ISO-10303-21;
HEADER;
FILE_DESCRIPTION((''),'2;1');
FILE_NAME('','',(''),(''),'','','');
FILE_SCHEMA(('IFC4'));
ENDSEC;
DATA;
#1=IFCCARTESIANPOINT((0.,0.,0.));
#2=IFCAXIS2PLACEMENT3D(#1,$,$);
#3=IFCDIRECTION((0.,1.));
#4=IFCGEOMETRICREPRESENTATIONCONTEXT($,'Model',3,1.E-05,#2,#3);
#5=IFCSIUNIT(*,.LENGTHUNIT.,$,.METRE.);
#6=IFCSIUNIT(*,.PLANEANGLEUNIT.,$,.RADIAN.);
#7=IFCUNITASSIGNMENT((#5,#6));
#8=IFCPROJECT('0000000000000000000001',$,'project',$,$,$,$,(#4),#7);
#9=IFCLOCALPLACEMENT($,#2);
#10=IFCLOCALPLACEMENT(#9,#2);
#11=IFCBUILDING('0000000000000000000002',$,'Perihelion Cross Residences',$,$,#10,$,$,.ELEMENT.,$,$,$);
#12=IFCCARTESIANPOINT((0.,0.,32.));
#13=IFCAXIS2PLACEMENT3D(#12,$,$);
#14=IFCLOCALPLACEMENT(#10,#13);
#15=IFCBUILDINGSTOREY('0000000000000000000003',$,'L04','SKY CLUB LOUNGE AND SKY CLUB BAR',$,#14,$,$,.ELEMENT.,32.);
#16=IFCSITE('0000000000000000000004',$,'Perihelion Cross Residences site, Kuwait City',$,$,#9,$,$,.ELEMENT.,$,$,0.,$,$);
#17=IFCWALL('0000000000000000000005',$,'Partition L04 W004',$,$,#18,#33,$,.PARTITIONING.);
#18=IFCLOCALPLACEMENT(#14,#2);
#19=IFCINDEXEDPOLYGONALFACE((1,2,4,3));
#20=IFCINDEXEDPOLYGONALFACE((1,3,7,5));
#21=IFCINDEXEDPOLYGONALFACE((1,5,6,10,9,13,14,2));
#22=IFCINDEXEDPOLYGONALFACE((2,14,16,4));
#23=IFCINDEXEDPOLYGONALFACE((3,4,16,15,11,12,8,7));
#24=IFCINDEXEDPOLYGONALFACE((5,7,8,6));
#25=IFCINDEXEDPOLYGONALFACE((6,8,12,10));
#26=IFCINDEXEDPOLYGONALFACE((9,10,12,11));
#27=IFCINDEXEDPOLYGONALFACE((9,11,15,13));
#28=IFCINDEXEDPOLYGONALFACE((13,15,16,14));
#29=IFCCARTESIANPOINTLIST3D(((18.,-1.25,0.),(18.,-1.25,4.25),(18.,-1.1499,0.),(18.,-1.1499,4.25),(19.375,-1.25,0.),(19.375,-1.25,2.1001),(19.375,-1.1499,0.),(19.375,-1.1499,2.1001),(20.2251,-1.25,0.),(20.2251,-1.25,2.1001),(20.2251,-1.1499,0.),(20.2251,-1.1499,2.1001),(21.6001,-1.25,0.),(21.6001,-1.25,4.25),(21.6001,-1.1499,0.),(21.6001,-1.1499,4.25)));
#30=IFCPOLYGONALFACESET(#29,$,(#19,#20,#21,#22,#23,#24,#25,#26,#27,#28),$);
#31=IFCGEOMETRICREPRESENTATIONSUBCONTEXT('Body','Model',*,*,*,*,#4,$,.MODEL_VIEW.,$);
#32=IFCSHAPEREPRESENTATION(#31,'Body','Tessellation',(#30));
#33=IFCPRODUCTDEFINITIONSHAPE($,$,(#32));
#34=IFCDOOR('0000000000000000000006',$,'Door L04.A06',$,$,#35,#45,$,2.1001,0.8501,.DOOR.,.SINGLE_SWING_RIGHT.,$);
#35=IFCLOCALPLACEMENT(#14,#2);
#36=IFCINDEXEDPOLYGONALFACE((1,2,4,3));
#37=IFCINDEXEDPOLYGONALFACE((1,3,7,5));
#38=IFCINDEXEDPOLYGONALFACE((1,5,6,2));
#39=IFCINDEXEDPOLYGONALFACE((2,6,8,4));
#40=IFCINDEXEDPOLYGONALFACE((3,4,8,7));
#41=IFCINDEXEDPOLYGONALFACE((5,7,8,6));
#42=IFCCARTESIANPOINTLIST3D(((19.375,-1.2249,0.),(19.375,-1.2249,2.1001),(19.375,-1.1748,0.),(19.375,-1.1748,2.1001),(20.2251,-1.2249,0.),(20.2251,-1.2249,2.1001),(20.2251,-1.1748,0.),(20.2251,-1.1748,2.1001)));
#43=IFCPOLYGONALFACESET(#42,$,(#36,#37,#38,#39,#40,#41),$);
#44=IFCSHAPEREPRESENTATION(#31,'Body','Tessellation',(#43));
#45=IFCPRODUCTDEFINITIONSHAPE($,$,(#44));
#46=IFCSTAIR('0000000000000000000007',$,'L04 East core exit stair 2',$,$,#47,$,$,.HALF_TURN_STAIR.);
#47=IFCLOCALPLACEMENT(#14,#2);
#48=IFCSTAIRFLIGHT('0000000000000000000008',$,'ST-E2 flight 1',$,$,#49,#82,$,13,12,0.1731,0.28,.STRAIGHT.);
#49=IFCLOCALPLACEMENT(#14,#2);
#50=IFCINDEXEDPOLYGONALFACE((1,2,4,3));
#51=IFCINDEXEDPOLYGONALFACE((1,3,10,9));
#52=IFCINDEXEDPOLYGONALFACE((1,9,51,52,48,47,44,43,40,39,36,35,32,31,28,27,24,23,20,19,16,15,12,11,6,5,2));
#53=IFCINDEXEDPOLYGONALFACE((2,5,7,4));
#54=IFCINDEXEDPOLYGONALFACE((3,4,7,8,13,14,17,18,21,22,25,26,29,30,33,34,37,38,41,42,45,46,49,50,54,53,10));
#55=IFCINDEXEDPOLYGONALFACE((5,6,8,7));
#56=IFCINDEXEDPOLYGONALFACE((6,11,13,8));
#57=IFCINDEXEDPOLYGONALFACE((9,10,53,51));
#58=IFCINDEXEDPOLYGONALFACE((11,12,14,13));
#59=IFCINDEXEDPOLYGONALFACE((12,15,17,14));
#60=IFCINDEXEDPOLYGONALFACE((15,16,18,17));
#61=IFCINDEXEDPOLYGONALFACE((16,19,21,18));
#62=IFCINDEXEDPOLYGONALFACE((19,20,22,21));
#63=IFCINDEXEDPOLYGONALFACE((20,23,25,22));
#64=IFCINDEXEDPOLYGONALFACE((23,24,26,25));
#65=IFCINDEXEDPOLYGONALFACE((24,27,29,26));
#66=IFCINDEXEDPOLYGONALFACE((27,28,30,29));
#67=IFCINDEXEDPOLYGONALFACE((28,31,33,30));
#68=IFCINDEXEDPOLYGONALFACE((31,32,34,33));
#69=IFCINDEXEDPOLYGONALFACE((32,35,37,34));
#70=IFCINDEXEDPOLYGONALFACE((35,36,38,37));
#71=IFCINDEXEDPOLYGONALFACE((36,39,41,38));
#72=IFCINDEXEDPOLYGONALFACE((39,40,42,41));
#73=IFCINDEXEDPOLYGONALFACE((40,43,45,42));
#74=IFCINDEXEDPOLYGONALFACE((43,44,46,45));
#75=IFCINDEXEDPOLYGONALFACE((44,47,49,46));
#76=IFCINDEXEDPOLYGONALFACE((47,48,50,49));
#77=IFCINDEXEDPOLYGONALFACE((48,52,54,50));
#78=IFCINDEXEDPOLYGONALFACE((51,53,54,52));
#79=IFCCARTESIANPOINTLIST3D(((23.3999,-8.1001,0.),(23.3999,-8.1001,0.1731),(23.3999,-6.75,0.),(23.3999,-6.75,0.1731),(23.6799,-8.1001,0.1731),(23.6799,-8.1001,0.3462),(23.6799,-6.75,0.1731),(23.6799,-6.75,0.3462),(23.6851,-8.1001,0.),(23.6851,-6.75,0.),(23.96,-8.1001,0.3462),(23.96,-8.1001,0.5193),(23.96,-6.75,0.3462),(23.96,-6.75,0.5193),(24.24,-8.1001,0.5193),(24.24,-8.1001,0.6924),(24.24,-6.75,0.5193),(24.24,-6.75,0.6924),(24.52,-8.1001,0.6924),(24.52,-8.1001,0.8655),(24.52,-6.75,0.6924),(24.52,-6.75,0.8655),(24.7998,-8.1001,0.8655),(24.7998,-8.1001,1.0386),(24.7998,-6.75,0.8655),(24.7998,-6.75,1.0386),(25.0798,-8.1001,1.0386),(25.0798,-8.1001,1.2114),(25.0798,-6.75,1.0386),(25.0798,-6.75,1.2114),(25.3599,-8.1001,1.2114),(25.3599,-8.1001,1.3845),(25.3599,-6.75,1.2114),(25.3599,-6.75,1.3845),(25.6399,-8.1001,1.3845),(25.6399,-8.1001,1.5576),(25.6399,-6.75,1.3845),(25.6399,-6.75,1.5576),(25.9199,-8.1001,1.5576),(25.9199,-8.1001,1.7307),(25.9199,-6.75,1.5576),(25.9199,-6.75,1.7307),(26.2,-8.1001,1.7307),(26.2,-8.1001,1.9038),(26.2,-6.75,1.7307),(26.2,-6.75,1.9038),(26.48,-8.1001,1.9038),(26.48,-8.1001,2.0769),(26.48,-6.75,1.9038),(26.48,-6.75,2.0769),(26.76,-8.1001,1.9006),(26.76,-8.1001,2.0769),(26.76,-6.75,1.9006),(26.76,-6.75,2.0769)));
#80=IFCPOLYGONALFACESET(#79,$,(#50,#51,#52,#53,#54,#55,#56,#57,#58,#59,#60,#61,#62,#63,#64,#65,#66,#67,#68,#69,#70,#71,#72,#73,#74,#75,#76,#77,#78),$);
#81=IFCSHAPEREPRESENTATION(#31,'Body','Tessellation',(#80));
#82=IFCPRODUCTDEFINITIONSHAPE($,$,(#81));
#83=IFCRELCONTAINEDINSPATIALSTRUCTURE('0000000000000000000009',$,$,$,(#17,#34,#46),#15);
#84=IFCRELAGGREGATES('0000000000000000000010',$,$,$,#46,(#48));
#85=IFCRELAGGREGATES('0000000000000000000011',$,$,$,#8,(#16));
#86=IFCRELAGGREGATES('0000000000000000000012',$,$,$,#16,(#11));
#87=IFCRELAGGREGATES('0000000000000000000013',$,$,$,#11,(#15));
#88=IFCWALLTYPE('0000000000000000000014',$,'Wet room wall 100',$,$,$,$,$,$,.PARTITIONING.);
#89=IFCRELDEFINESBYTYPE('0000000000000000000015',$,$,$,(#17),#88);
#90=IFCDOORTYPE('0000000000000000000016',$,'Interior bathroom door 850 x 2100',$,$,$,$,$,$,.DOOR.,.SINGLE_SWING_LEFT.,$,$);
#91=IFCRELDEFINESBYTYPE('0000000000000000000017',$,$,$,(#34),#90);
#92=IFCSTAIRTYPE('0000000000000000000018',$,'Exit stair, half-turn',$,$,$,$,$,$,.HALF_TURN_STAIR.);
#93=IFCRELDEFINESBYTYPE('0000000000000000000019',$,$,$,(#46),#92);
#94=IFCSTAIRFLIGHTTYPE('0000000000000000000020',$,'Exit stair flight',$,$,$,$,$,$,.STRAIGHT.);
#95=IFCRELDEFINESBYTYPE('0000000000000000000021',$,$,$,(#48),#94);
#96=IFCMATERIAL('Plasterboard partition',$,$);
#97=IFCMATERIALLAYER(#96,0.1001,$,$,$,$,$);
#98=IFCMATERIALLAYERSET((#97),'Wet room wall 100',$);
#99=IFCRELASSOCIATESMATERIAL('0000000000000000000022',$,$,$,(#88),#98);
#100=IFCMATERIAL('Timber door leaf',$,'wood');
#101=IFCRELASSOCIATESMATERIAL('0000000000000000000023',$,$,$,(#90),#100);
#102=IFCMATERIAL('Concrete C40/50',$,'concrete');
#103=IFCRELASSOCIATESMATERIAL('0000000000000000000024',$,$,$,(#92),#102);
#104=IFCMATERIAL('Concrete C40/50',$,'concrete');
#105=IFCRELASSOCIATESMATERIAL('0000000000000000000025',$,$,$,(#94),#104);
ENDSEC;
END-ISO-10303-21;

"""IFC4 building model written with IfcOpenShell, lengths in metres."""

from ifc_helpers import new_model, si_unit, direction, frame, frame_2d, origin, place, context, subcontext, project, spatial, polyline, rectangle, outline, extrude, material, layer, layer_set, type_object, element, fill, aggregate, save


model = new_model("IFC4")

# Units and contexts
model_context = context("Model", 3, precision=1e-05, world=origin(), true_north=direction((0.0, 1.0)))
body_context = subcontext(model_context, "Body", "Model", "MODEL_VIEW")
ifc_project = project(units=[si_unit("LENGTHUNIT", "METRE"), si_unit("PLANEANGLEUNIT", "RADIAN")], contexts=[model_context])

# Site, building, storey
site_placement = place(None, origin())
site = spatial("IfcSite", under=ifc_project, at=site_placement, Name="Perihelion Cross Residences site, Kuwait City", CompositionType="ELEMENT", RefElevation=0.0)
building_placement = place(site_placement, origin())
building = spatial("IfcBuilding", under=site, at=building_placement, Name="Perihelion Cross Residences", CompositionType="ELEMENT")
storey_placement = place(building_placement, frame((0.0, 0.0, 32.0)))
storey = spatial("IfcBuildingStorey", under=building, at=storey_placement, Name="L04", Description="SKY CLUB LOUNGE AND SKY CLUB BAR", CompositionType="ELEMENT", Elevation=32.0)

# Wall, opening, door
ifc_material_1 = material(Name="Plasterboard partition")
ifc_layer_1 = layer(ifc_material_1, 0.1001)
ifc_layer_set_1 = layer_set([ifc_layer_1], Name="Wet room wall 100")
wall_type_1 = type_object("IfcWallType", Name="Wet room wall 100", PredefinedType="PARTITIONING", material=ifc_layer_set_1)
wall_1_placement = place(storey_placement, frame((21.6001, -1.2, 0.0), z_axis=(0.0, 0.0, 1.0), x_axis=(-1.0, 0.0, 0.0)))
wall_1 = element("IfcWall", 1, at=wall_1_placement, inside=storey, type_object=wall_type_1, Name="Partition L04 W004", PredefinedType="PARTITIONING", context=body_context, shape_type="SweptSolid", body=[
    extrude(rectangle(XDim=3.6001, YDim=0.1001, at=frame_2d((1.8, 0.0))), origin(), (0.0, 0.0, 1.0), 4.25),
])
opening_1_placement = place(wall_1_placement, frame((1.375, 0.0, 0.0)))
opening_1 = element("IfcOpeningElement", 2, at=opening_1_placement, cuts=wall_1, PredefinedType="OPENING", context=body_context, shape_type="SweptSolid", body=[
    extrude(rectangle(XDim=0.8501, YDim=2.1001, at=frame_2d((0.425, 1.05))), frame((0.0, 0.0601, 0.0), z_axis=(0.0, -1.0, 0.0), x_axis=(1.0, 0.0, 0.0)), (0.0, 0.0, 1.0), 0.1201),
])
ifc_material_2 = material(Name="Timber door leaf", Category="wood")
door_type_1 = type_object("IfcDoorType", Name="Interior bathroom door 850 x 2100", OperationType="SINGLE_SWING_LEFT", PredefinedType="DOOR", material=ifc_material_2)
door_1_placement = place(opening_1_placement, origin())
door_1 = element("IfcDoor", 3, at=door_1_placement, inside=storey, type_object=door_type_1, Name="Door L04.A06", OperationType="SINGLE_SWING_RIGHT", OverallHeight=2.1001, OverallWidth=0.8501, PredefinedType="DOOR", context=body_context, shape_type="SweptSolid", body=[
    extrude(rectangle(XDim=0.8501, YDim=2.1001, at=frame_2d((0.425, 1.05))), frame((0.0, 0.0249, 0.0), z_axis=(0.0, -1.0, 0.0), x_axis=(1.0, 0.0, 0.0)), (0.0, 0.0, 1.0), 0.05),
])
fill(opening_1, door_1)

# Stair, stair flight
ifc_material_3 = material(Name="Concrete C40/50", Category="concrete")
stair_type = type_object("IfcStairType", Name="Exit stair, half-turn", PredefinedType="HALF_TURN_STAIR", material=ifc_material_3)
stair_placement = place(storey_placement, origin())
stair = element("IfcStair", 4, at=stair_placement, inside=storey, type_object=stair_type, Name="L04 East core exit stair 2", PredefinedType="HALF_TURN_STAIR")
ifc_material_4 = material(Name="Concrete C40/50", Category="concrete")
stair_flight_type = type_object("IfcStairFlightType", Name="Exit stair flight", PredefinedType="STRAIGHT", material=ifc_material_4)
stair_flight_placement = place(storey_placement, frame((23.3999, -7.425, 0.0), z_axis=(0.0, 0.0, 1.0), x_axis=(1.0, 0.0, 0.0)))
stair_flight = element("IfcStairFlight", 5, at=stair_flight_placement, type_object=stair_flight_type, Name="ST-E2 flight 1", NumberOfRisers=13, NumberOfTreads=12, PredefinedType="STRAIGHT", RiserHeight=0.1731, TreadLength=0.28, context=body_context, shape_type="SweptSolid", body=[
    extrude(outline(polyline([(0.0, 0.0), (0.0, 0.1731), (0.28, 0.1731), (0.28, 0.3462), (0.5601, 0.3462), (0.5601, 0.5193), (0.8401, 0.5193), (0.8401, 0.6924), (1.1201, 0.6924), (1.1201, 0.8655), (1.3999, 0.8655), (1.3999, 1.0386), (1.6799, 1.0386), (1.6799, 1.2114), (1.96, 1.2114), (1.96, 1.3845), (2.24, 1.3845), (2.24, 1.5576), (2.52, 1.5576), (2.52, 1.7307), (2.8, 1.7307), (2.8, 1.9038), (3.0801, 1.9038), (3.0801, 2.0769), (3.3601, 2.0769), (3.3601, 2.25), (3.3601, 1.9006), (0.2852, 0.0), (0.0, 0.0)])), frame((0.0, 0.675, 0.0), z_axis=(0.0, -1.0, 0.0), x_axis=(1.0, 0.0, 0.0)), (0.0, 0.0, 1.0), 1.3501),
])
aggregate(stair, [stair_flight])

save(model, "model.ifc")
